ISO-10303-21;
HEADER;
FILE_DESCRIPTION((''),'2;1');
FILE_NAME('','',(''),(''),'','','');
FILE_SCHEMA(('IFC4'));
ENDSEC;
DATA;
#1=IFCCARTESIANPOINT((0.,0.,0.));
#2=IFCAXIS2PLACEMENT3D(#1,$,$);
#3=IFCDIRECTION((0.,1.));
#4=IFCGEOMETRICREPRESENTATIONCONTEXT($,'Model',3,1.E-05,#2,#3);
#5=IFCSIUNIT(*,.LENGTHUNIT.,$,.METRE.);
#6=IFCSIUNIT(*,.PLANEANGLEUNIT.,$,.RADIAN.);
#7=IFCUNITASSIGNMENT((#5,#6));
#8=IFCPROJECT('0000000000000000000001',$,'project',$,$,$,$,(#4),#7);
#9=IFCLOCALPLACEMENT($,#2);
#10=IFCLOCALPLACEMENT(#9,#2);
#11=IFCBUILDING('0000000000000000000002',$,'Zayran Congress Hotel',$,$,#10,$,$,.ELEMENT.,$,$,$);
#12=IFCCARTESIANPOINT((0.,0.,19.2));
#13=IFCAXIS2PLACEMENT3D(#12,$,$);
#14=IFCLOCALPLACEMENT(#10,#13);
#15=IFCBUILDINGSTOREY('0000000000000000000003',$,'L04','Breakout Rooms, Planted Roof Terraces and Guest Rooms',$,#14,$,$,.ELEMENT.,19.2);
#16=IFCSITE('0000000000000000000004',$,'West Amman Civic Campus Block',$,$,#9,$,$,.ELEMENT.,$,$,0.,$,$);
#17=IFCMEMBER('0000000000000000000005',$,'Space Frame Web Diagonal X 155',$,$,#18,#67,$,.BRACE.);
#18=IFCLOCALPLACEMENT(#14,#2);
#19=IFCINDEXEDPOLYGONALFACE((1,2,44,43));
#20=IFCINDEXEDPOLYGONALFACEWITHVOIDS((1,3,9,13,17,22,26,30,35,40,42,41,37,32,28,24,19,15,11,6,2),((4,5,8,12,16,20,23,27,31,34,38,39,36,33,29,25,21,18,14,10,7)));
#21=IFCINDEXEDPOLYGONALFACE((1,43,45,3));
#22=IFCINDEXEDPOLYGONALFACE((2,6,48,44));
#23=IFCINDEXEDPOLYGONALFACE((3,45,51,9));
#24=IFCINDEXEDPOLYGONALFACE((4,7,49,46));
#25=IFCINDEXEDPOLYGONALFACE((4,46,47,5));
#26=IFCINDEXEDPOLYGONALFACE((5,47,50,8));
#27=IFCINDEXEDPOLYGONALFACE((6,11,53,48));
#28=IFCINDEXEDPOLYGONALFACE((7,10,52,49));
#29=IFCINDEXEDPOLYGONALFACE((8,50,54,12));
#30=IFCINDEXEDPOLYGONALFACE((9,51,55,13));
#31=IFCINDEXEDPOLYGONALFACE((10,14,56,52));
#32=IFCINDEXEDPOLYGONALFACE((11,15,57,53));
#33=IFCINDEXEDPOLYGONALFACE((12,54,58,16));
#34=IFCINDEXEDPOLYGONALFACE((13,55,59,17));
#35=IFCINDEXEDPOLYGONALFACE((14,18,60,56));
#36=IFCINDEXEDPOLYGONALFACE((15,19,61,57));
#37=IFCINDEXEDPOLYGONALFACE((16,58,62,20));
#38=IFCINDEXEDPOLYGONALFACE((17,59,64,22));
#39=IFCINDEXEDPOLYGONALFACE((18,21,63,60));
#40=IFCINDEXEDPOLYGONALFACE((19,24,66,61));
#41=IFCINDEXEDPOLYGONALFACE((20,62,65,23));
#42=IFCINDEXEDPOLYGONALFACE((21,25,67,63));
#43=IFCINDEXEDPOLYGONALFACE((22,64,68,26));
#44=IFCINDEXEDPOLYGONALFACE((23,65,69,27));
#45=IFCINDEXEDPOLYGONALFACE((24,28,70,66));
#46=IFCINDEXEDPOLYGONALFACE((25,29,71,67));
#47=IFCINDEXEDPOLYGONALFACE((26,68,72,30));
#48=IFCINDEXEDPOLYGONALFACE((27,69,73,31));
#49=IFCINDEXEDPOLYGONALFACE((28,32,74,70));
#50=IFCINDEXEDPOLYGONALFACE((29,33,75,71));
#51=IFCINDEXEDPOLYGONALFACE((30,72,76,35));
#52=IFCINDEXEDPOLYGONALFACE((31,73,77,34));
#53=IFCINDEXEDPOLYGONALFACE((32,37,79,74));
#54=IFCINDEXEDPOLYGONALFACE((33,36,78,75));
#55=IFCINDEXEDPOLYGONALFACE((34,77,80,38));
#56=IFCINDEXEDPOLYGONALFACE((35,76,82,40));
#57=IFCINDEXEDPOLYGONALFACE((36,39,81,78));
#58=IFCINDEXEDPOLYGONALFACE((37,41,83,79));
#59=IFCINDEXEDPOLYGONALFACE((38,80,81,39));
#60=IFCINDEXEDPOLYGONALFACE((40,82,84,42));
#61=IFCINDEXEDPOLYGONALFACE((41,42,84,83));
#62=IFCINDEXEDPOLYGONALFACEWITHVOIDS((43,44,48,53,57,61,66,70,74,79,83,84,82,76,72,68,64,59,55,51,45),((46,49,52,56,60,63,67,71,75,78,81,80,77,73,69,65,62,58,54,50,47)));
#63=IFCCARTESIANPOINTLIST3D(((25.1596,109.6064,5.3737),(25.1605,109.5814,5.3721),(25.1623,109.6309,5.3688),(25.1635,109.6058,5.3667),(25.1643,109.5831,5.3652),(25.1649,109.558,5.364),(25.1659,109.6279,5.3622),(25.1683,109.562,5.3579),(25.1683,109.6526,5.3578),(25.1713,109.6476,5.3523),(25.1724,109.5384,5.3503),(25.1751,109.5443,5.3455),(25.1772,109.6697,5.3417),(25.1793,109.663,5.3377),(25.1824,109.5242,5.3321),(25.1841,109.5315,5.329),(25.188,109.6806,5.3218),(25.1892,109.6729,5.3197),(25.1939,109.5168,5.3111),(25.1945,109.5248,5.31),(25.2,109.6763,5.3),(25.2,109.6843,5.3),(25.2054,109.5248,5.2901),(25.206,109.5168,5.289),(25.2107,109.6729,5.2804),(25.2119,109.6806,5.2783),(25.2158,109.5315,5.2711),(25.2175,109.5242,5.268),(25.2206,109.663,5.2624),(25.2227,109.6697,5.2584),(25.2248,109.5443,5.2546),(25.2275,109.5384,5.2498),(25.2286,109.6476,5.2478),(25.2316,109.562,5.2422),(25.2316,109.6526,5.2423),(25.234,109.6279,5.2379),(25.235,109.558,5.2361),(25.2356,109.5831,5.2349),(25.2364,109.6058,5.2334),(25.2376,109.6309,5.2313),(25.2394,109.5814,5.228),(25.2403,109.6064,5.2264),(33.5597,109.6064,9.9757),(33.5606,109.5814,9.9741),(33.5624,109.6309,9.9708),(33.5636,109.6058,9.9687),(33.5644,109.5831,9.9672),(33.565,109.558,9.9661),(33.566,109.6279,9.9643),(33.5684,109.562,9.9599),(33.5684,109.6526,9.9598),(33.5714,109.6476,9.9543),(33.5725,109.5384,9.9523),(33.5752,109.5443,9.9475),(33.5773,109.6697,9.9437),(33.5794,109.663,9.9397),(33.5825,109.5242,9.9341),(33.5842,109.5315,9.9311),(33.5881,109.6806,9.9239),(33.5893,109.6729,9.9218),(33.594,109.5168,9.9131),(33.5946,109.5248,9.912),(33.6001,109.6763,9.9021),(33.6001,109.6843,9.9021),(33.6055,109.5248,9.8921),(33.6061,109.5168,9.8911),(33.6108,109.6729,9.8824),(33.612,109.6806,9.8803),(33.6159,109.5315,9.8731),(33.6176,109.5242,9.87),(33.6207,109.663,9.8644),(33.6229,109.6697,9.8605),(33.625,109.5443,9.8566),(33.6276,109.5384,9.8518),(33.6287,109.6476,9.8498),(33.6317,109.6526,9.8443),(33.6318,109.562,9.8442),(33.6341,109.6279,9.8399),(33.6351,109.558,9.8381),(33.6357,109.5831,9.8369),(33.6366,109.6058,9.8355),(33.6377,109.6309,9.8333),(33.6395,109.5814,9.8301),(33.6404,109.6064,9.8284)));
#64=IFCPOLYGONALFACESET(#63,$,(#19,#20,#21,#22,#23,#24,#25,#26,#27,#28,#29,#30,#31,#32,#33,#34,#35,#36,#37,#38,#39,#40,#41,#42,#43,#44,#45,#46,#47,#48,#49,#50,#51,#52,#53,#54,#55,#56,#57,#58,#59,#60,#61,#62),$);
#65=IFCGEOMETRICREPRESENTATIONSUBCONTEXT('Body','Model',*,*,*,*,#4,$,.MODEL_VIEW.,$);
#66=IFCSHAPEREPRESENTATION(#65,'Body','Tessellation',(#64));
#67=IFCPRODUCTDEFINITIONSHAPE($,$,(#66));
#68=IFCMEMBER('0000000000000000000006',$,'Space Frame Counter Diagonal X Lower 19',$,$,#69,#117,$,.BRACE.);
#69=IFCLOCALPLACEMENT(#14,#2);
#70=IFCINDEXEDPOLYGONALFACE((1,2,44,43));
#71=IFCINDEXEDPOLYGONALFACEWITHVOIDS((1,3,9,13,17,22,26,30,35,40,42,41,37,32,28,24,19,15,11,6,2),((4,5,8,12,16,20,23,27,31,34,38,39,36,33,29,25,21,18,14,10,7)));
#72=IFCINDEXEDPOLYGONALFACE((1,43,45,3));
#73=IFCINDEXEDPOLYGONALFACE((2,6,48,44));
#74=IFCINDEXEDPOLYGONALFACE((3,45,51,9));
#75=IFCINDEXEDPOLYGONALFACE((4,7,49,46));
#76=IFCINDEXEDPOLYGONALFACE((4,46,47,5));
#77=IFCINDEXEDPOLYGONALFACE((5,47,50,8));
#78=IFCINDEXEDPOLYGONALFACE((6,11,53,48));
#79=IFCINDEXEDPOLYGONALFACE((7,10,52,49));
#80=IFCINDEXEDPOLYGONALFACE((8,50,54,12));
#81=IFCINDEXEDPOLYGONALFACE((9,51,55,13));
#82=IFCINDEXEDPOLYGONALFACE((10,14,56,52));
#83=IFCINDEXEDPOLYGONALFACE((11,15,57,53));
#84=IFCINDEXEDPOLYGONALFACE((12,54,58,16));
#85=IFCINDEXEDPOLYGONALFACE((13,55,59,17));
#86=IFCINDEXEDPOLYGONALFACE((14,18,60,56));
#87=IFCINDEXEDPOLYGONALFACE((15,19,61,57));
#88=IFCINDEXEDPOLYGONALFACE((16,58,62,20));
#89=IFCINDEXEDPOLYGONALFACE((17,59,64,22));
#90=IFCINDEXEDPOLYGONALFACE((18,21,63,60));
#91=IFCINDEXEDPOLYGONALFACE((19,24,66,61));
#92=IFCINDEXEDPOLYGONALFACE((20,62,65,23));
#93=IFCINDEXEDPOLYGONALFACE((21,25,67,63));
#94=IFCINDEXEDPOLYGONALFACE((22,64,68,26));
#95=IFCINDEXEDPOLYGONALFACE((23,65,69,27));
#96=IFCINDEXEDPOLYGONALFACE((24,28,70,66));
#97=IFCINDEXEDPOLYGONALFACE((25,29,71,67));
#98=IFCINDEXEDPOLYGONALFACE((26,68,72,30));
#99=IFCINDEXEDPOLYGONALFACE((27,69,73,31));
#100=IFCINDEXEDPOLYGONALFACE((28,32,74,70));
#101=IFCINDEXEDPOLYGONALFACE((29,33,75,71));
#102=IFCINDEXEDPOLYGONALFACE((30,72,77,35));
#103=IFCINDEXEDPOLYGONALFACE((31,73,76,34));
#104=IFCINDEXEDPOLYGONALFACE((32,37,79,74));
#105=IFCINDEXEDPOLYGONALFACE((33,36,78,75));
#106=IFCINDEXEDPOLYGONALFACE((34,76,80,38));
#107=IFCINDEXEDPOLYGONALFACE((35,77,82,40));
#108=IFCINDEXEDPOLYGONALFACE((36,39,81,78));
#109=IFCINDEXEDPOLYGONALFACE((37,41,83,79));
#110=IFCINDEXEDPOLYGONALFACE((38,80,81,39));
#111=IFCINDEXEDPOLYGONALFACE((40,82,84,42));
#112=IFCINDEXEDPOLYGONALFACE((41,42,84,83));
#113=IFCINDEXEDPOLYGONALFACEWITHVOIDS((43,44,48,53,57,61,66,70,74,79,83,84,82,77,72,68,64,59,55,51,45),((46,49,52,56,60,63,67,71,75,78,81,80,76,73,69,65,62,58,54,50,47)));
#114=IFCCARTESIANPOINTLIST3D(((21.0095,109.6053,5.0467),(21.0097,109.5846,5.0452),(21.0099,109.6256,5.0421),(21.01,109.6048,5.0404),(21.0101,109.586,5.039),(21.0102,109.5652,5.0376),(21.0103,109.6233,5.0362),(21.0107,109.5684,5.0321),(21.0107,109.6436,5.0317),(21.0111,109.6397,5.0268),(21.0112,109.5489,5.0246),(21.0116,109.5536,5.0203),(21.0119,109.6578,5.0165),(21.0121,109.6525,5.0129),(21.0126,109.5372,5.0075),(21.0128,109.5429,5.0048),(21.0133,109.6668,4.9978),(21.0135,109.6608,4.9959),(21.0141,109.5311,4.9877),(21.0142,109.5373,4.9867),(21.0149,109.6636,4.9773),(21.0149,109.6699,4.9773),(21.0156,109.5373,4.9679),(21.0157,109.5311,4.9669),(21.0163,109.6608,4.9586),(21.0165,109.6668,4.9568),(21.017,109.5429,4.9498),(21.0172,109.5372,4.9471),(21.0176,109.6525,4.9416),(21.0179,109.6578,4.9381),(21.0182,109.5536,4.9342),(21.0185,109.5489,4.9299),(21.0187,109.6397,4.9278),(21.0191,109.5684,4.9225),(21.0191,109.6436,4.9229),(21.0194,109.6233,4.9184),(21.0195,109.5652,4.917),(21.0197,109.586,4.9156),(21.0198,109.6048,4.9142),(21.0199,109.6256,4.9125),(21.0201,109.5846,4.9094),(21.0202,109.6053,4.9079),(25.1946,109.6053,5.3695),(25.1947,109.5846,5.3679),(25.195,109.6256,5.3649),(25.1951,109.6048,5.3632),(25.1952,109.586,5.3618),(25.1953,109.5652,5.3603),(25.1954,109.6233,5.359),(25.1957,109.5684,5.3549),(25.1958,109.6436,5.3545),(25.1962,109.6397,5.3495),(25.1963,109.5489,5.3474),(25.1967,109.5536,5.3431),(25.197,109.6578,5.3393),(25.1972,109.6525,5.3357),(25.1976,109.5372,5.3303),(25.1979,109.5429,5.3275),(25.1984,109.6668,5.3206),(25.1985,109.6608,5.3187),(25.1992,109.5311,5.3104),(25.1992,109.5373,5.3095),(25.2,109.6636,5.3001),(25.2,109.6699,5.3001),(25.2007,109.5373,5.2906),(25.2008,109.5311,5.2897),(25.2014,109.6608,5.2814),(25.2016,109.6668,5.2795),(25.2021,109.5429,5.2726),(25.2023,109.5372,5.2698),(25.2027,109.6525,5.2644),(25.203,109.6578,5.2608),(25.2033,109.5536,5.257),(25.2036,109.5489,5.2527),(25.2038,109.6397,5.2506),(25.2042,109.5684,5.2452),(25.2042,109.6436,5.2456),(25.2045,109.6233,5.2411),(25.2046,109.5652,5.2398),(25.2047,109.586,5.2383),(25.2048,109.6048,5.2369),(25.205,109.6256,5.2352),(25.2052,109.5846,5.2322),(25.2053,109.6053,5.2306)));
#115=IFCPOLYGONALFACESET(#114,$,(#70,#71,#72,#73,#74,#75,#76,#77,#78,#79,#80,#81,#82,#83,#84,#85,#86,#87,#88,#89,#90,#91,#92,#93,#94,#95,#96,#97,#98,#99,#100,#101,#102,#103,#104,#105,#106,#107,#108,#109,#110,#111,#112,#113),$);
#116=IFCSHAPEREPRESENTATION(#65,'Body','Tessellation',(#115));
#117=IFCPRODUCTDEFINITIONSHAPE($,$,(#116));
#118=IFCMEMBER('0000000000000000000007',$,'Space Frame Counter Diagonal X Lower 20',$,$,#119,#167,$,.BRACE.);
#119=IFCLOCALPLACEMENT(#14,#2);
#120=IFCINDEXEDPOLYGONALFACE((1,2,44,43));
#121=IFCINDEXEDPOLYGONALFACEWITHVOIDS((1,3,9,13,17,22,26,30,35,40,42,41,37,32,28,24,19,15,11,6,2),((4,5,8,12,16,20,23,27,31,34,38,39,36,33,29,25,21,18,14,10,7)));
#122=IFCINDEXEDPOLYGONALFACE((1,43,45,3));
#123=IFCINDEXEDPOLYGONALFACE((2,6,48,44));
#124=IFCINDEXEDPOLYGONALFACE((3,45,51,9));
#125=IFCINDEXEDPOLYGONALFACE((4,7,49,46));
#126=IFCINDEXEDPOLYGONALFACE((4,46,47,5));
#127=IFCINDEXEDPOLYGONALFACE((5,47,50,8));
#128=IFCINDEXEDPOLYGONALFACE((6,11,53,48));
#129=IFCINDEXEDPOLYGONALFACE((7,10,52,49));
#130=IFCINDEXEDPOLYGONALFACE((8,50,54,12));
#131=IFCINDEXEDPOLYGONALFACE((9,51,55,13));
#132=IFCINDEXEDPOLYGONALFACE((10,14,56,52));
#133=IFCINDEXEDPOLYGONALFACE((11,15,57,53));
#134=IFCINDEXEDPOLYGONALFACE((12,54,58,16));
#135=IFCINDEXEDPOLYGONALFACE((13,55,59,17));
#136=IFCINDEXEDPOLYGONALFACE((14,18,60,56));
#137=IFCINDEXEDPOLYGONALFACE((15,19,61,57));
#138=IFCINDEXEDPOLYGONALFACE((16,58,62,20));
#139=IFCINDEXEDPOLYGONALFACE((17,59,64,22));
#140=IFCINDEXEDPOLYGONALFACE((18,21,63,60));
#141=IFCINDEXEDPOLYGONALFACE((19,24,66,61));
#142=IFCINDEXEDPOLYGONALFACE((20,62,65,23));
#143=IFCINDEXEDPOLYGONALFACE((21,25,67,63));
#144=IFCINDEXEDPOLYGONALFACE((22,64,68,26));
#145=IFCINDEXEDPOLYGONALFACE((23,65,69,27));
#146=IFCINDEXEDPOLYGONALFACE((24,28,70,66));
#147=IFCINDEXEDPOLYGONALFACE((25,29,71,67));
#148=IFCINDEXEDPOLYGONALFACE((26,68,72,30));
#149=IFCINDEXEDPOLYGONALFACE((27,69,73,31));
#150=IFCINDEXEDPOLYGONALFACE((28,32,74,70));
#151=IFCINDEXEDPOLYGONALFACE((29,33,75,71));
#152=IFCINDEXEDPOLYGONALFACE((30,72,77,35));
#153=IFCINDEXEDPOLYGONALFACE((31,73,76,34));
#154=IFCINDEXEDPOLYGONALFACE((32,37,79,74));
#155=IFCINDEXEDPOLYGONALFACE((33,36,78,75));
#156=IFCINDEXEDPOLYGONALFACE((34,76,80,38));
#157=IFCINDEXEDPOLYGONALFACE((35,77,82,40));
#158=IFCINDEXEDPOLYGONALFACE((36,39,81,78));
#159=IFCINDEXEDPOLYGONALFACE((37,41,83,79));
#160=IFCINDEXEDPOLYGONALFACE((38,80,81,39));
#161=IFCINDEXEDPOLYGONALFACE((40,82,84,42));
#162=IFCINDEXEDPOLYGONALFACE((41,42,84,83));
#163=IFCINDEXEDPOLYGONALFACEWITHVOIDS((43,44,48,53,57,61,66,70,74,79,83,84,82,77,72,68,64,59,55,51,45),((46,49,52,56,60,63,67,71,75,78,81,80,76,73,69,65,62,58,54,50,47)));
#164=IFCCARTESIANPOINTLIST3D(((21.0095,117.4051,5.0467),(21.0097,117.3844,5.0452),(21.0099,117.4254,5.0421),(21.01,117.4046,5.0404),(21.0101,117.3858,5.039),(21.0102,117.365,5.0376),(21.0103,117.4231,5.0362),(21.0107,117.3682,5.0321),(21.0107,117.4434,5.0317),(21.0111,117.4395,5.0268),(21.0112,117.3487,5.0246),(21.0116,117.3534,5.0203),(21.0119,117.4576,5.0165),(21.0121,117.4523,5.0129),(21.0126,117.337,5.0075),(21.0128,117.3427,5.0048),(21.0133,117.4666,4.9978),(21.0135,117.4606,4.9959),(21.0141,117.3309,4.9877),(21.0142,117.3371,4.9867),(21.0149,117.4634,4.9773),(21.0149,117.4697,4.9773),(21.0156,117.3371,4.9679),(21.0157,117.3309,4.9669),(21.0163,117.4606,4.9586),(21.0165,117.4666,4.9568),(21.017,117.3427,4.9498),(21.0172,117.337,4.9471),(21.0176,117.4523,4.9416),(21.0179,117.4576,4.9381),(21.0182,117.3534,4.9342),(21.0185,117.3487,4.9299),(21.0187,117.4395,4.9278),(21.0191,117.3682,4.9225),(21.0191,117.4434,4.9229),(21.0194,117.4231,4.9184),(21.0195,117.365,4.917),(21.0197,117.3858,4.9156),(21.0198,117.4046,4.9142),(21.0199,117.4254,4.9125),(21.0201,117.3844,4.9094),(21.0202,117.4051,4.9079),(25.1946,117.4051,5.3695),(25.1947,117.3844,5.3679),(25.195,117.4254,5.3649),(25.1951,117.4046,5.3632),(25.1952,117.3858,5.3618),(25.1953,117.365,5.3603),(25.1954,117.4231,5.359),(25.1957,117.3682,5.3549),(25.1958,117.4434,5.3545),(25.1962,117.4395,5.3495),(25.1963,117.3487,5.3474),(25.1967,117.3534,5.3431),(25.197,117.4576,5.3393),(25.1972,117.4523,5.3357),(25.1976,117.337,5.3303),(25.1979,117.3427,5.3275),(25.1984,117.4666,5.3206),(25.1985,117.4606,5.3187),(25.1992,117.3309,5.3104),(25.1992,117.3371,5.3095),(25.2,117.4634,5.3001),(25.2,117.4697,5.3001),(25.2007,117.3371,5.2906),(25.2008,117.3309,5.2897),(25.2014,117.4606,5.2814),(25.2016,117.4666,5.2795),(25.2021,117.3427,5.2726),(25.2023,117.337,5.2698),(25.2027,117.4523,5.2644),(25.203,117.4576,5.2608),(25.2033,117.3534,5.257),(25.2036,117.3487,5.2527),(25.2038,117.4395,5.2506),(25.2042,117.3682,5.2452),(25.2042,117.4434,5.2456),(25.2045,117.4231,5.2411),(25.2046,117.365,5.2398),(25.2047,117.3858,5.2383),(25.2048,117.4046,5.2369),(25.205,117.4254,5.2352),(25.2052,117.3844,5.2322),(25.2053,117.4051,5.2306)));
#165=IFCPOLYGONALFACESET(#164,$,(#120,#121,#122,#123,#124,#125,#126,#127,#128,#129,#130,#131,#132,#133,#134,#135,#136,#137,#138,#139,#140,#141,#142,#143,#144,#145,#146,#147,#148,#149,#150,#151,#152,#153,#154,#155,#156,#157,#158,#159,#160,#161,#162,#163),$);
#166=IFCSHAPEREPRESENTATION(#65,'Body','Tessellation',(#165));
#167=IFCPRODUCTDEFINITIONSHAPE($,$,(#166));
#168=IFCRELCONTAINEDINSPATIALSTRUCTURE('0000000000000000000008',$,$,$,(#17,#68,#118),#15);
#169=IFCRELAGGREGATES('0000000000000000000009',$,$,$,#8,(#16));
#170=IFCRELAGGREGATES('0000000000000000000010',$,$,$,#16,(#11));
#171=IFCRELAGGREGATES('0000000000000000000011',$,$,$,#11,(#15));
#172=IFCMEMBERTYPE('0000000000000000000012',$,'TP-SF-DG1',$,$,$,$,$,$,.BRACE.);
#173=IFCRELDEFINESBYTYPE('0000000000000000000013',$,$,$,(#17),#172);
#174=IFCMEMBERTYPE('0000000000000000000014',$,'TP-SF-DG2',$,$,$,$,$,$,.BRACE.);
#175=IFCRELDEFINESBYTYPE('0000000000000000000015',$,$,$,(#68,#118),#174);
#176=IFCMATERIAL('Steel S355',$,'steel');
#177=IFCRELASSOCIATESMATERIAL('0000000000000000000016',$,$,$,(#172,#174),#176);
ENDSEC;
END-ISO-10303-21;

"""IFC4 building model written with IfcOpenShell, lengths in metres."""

from ifc_helpers import new_model, si_unit, direction, frame, origin, origin_2d, place, context, subcontext, project, spatial, hollow_circle, extrude, material, material_profile, profile_set, type_object, element, save


model = new_model("IFC4")

# Units and contexts
model_context = context("Model", 3, precision=1e-05, world=origin(), true_north=direction((0.0, 1.0)))
body_context = subcontext(model_context, "Body", "Model", "MODEL_VIEW")
ifc_project = project(units=[si_unit("LENGTHUNIT", "METRE"), si_unit("PLANEANGLEUNIT", "RADIAN")], contexts=[model_context])

# Site, building, storey
site_placement = place(None, origin())
site = spatial("IfcSite", under=ifc_project, at=site_placement, Name="West Amman Civic Campus Block", CompositionType="ELEMENT", RefElevation=0.0)
building_placement = place(site_placement, origin())
building = spatial("IfcBuilding", under=site, at=building_placement, Name="Zayran Congress Hotel", CompositionType="ELEMENT")
storey_placement = place(building_placement, frame((0.0, 0.0, 19.2)))
storey = spatial("IfcBuildingStorey", under=building, at=storey_placement, Name="L04", Description="Breakout Rooms, Planted Roof Terraces and Guest Rooms", CompositionType="ELEMENT", Elevation=19.2)

# Shared definitions
ifc_material_1 = material(Name="Steel S355", Category="steel")

# Members
ifc_material_profile_1 = material_profile(ifc_material_1, hollow_circle(Radius=0.0842, WallThickness=0.0081, at=origin_2d()), Name="CHS 168.3x8")
ifc_profile_set_1 = profile_set([ifc_material_profile_1], Name="Steel S355")
member_type_1 = type_object("IfcMemberType", Name="TP-SF-DG1", PredefinedType="BRACE", material=ifc_profile_set_1)
member_1_placement = place(storey_placement, frame((25.2, 109.6001, 5.3), z_axis=(0.87701, 0.0, 0.480473), x_axis=(0.0, 1.0, 0.0)))
element("IfcMember", 1, at=member_1_placement, inside=storey, type_object=member_type_1, Name="Space Frame Web Diagonal X 155", PredefinedType="BRACE", context=body_context, shape_type="SweptSolid", body=[
    extrude(hollow_circle(Radius=0.0842, WallThickness=0.0081, at=origin_2d()), origin(), (0.0, 0.0, 1.0), 9.5781),
])
ifc_material_profile_2 = material_profile(ifc_material_1, hollow_circle(Radius=0.0698, WallThickness=0.0063, at=origin_2d()), Name="CHS 139.7x6.3")
ifc_profile_set_2 = profile_set([ifc_material_profile_2], Name="Steel S355")
member_type_2 = type_object("IfcMemberType", Name="TP-SF-DG2", PredefinedType="BRACE", material=ifc_profile_set_2)
for number, where, z_axis, x_axis, name in (
    (2, (21.0149, 109.6001, 4.9773), (0.997039, 0.0, 0.076892), (0.0, 1.0, 0.0), "Space Frame Counter Diagonal X Lower 19"),
    (3, (21.0149, 117.3999, 4.9773), (0.997039, 0.0, 0.076892), (0.0, 1.0, 0.0), "Space Frame Counter Diagonal X Lower 20"),
):
    element("IfcMember", number, at=place(storey_placement, frame(where, z_axis=z_axis, x_axis=x_axis)), inside=storey, type_object=member_type_2, Name=name, PredefinedType="BRACE", context=body_context, shape_type="SweptSolid", body=[
        extrude(hollow_circle(Radius=0.0698, WallThickness=0.0063, at=origin_2d()), origin(), (0.0, 0.0, 1.0), 4.1975),
    ])

save(model, "model.ifc")
